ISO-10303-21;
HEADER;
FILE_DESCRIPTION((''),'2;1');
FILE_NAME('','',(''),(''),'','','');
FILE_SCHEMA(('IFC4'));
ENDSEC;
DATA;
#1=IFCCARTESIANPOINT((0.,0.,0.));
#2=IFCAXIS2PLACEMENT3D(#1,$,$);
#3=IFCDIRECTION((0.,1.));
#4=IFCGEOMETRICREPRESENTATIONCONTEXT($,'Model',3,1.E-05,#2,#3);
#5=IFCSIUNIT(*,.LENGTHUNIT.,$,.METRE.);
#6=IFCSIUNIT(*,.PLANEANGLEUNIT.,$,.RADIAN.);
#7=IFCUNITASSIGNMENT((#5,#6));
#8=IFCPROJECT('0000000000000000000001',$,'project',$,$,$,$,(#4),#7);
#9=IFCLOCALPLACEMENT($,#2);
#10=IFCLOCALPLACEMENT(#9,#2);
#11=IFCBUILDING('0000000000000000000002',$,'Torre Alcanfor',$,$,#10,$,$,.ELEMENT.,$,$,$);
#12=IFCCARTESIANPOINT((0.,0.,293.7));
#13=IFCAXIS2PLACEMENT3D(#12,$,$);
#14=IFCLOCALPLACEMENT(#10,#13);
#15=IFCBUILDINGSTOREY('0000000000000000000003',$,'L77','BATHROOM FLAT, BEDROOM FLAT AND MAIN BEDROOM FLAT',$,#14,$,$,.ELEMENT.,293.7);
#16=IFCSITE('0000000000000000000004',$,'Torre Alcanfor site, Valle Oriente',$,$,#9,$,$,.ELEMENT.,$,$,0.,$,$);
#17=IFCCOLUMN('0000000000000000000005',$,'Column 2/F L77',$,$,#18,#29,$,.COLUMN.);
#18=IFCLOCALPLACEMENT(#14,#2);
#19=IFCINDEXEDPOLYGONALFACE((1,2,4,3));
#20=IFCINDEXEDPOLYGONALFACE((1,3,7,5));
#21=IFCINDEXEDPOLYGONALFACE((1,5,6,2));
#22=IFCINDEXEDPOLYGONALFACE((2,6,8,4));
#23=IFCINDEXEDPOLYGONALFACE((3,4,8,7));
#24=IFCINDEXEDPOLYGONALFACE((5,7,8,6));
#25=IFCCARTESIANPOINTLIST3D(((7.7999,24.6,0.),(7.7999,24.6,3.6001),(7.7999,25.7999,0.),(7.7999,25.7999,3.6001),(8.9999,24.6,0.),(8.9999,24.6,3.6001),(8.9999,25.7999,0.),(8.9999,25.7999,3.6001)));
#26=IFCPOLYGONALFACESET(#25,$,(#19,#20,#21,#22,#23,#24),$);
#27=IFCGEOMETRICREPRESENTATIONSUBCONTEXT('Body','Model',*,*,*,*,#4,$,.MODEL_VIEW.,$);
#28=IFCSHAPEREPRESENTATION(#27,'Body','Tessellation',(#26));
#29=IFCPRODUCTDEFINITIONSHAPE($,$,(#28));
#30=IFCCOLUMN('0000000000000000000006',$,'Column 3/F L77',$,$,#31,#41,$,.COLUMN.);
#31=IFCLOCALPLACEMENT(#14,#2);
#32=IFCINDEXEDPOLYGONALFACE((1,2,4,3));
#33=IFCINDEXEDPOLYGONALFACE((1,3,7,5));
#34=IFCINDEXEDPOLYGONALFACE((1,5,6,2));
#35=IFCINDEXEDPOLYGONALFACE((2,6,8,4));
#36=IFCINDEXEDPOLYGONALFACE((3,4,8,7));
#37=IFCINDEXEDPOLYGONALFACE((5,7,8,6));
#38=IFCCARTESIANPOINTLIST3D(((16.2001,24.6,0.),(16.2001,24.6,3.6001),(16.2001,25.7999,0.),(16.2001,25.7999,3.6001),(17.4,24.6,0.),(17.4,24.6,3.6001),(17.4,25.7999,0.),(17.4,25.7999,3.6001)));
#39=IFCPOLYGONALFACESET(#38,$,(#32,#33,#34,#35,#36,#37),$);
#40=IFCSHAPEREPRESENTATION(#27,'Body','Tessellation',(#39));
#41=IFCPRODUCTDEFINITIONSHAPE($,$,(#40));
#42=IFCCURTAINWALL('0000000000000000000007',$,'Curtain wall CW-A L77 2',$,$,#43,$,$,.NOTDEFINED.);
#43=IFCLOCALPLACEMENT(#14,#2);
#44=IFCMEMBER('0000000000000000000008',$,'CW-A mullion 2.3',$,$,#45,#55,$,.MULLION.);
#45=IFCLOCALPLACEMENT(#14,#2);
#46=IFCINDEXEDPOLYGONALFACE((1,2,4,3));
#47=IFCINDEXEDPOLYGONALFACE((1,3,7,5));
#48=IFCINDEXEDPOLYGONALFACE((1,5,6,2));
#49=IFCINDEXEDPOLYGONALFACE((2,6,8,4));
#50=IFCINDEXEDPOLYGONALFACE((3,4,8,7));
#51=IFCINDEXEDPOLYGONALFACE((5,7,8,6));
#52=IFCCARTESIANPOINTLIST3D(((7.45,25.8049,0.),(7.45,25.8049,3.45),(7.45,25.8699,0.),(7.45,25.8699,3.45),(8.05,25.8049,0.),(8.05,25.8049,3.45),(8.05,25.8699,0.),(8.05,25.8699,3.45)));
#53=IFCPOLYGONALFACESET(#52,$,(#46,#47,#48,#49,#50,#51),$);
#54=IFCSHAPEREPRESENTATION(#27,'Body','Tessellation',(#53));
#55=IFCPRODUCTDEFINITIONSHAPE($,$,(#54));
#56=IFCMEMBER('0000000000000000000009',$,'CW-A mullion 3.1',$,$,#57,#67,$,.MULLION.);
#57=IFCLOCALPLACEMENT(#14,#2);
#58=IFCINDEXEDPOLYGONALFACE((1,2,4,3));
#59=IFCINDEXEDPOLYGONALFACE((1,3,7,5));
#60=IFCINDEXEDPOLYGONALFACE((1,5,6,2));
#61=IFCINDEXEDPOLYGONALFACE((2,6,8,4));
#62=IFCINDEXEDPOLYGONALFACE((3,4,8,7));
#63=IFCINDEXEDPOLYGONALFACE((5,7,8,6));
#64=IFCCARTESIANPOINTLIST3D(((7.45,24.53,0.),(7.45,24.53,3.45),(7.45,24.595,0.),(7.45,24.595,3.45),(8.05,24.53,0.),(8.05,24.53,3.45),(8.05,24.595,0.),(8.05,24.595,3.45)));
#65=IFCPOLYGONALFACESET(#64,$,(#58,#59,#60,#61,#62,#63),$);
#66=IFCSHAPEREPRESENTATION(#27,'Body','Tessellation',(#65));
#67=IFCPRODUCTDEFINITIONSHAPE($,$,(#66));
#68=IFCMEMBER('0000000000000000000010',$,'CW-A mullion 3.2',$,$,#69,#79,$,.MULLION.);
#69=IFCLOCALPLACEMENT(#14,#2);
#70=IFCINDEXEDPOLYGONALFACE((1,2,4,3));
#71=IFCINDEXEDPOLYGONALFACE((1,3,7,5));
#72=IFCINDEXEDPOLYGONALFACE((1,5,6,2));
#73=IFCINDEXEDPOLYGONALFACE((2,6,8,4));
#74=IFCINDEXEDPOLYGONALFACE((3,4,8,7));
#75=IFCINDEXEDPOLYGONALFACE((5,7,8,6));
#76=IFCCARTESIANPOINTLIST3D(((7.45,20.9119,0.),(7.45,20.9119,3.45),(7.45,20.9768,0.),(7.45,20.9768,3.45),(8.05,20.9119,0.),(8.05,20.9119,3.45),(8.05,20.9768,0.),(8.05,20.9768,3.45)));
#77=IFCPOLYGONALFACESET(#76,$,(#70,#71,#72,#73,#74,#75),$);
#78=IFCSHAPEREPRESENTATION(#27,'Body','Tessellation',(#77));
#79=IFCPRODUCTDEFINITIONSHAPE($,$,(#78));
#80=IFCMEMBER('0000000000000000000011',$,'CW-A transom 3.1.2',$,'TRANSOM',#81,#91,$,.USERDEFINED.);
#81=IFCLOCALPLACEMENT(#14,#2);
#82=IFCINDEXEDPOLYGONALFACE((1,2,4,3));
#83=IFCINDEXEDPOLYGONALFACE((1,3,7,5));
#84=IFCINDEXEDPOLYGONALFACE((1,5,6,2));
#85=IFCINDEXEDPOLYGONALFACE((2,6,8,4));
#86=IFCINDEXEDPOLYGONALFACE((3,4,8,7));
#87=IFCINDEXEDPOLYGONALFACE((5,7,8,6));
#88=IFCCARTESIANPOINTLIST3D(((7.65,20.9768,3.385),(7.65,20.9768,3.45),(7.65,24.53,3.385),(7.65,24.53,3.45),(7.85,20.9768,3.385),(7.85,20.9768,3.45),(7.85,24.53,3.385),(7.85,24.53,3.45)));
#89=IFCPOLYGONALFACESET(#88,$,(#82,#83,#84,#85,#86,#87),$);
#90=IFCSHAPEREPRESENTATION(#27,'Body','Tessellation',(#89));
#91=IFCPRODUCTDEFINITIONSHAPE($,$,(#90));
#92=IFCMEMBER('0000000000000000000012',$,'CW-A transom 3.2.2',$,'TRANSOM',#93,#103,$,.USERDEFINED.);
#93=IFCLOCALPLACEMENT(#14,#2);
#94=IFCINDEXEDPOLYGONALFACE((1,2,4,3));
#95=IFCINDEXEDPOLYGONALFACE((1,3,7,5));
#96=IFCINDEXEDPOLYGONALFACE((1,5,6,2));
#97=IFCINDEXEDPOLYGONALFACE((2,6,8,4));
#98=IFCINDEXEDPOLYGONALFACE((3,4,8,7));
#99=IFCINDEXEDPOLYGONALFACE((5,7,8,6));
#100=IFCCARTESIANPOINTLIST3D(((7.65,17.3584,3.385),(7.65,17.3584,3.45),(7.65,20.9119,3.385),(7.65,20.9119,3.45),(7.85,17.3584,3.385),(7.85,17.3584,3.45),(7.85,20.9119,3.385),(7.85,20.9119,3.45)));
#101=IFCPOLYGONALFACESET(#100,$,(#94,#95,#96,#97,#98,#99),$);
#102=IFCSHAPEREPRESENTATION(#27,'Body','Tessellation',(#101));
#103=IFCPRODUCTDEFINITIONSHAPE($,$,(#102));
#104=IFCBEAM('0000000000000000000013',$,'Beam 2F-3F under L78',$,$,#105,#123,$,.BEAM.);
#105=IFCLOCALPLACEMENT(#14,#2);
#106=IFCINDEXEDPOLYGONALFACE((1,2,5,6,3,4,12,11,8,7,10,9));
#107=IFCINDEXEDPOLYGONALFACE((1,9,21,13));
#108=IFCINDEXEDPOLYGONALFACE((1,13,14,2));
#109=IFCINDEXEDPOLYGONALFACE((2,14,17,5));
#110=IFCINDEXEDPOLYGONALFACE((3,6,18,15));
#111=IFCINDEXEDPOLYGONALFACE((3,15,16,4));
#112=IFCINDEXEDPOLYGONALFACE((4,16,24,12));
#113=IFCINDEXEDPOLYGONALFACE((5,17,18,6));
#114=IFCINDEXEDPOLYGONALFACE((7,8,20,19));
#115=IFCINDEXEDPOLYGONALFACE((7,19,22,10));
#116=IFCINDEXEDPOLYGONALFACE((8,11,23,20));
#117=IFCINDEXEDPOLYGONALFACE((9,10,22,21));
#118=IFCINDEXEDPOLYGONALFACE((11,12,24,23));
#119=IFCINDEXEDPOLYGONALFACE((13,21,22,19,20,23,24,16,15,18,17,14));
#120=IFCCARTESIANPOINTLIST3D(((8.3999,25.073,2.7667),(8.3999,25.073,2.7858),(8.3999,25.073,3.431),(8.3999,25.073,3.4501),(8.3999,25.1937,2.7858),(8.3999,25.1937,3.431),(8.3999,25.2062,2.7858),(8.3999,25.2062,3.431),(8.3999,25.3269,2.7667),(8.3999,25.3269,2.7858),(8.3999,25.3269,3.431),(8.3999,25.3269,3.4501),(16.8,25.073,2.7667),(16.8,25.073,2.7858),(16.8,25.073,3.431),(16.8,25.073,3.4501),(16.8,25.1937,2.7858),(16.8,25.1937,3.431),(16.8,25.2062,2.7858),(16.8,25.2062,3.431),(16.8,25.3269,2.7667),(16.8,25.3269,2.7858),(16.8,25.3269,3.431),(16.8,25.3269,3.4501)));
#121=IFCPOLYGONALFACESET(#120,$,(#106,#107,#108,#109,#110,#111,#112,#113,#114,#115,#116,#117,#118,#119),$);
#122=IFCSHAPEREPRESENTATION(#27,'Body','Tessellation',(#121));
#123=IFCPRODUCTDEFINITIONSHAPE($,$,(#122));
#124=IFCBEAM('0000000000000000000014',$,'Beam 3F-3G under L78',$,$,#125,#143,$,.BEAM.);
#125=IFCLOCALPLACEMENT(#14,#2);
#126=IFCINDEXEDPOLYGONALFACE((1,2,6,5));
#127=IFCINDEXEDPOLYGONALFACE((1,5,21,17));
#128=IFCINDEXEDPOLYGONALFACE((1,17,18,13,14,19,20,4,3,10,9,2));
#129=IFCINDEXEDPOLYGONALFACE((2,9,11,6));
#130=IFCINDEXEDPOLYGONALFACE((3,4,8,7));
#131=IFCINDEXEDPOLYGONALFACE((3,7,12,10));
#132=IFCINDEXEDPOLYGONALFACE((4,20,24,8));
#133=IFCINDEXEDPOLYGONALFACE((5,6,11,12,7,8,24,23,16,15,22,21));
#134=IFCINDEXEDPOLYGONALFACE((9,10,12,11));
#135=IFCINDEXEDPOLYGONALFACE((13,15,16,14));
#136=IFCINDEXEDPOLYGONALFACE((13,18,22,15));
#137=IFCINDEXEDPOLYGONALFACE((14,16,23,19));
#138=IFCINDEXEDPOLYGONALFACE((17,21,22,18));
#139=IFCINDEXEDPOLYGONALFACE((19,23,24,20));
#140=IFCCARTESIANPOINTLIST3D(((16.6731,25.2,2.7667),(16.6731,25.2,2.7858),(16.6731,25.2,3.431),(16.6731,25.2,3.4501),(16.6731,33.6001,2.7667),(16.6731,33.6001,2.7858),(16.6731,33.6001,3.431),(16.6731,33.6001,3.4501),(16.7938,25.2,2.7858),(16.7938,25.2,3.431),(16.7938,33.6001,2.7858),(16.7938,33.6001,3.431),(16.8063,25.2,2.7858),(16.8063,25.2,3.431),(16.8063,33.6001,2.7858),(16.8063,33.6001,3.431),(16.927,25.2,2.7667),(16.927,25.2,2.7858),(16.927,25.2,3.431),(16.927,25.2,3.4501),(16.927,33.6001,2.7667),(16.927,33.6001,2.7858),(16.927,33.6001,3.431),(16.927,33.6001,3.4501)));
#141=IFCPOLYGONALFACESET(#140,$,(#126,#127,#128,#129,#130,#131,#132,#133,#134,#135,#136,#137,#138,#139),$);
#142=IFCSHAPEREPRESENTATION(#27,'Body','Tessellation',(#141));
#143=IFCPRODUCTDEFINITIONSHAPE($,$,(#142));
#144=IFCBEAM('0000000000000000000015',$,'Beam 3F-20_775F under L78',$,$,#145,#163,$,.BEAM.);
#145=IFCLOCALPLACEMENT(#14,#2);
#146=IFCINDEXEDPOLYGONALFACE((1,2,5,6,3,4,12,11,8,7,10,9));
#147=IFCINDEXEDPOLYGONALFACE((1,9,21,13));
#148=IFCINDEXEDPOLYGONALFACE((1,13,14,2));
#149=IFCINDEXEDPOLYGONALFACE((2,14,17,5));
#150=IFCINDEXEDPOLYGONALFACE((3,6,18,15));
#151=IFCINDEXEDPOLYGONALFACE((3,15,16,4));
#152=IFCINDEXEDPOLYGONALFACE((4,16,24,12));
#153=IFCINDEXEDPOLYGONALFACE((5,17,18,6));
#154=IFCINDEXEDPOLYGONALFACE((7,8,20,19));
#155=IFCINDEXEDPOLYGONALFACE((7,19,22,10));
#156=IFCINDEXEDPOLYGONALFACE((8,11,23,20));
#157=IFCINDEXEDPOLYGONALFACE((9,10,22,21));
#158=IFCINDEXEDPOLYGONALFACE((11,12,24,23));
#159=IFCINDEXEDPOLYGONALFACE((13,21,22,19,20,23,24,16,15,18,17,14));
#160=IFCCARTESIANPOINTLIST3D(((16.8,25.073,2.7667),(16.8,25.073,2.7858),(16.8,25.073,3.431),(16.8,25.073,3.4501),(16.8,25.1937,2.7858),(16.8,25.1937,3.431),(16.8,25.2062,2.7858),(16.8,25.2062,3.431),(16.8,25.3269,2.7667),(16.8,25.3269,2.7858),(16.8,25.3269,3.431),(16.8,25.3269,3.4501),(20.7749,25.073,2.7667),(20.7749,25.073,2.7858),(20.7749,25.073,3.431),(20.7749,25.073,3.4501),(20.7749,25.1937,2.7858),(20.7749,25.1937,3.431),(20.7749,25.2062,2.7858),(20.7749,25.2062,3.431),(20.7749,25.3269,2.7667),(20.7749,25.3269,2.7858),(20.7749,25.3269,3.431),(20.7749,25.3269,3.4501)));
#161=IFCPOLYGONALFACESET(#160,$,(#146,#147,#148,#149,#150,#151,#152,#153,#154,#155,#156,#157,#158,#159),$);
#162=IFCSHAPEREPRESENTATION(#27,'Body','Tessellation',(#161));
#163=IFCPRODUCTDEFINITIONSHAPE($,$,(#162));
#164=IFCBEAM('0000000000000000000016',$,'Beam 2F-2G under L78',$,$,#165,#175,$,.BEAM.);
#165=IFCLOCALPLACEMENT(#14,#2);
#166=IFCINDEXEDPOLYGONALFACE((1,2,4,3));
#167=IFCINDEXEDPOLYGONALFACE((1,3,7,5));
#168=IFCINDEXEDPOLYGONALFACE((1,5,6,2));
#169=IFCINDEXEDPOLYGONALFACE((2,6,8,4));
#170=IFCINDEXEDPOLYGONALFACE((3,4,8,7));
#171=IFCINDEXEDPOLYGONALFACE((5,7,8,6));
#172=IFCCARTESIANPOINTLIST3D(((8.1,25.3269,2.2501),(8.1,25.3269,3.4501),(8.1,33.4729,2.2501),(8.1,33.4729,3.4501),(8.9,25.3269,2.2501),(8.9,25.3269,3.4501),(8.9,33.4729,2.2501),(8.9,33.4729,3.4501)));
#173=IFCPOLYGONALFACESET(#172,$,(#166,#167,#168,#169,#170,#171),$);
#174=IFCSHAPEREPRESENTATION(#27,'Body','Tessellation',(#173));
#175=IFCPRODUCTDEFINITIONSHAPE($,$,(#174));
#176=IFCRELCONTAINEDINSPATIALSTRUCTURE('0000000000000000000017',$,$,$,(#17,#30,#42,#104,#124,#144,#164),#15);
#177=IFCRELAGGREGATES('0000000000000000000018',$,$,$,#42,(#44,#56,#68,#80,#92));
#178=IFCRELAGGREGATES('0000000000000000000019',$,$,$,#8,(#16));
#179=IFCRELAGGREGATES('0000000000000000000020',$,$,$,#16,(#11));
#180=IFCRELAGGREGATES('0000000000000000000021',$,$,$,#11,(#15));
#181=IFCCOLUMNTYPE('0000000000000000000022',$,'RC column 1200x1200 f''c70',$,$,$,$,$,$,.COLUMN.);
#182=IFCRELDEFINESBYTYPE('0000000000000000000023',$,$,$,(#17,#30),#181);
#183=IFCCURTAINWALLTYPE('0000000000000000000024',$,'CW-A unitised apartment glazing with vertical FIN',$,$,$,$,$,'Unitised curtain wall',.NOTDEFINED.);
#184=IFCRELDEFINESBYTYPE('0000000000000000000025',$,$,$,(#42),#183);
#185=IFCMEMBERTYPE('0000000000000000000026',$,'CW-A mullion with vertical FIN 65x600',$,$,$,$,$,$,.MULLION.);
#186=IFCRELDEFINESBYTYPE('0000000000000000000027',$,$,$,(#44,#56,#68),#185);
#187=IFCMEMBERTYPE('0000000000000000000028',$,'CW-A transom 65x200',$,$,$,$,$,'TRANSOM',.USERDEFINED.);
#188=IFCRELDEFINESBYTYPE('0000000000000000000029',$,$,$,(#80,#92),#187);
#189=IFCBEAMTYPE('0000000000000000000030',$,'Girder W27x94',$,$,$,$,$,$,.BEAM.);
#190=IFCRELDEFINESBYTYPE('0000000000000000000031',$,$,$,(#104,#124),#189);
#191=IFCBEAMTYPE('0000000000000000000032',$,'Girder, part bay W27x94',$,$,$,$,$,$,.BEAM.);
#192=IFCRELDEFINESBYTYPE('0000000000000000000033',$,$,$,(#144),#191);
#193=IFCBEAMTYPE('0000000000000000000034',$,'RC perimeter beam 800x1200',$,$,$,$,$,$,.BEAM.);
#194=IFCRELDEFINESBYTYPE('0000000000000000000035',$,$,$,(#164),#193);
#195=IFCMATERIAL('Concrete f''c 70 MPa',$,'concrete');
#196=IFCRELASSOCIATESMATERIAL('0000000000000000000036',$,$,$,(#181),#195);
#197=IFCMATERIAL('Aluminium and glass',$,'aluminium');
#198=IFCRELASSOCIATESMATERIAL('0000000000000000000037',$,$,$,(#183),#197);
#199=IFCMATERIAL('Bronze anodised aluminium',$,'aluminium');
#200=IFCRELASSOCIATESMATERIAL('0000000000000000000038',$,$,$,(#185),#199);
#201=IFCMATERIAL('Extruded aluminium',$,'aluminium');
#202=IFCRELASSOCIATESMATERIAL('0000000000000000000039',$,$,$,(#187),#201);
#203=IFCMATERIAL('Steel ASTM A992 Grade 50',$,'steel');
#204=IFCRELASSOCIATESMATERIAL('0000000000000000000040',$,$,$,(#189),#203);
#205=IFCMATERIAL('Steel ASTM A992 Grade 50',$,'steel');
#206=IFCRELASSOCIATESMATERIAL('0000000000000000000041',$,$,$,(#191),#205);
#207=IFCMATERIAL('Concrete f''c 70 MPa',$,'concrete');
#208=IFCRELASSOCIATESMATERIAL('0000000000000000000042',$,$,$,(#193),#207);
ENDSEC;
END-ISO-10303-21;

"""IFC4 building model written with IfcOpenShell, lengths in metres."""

from ifc_helpers import new_model, si_unit, direction, frame, origin, origin_2d, place, context, subcontext, project, spatial, rectangle, i_section, extrude, material, material_profile, profile_set, type_object, element, aggregate, save


model = new_model("IFC4")

# Units and contexts
model_context = context("Model", 3, precision=1e-05, world=origin(), true_north=direction((0.0, 1.0)))
body_context = subcontext(model_context, "Body", "Model", "MODEL_VIEW")
ifc_project = project(units=[si_unit("LENGTHUNIT", "METRE"), si_unit("PLANEANGLEUNIT", "RADIAN")], contexts=[model_context])

# Site, building, storey
site_placement = place(None, origin())
site = spatial("IfcSite", under=ifc_project, at=site_placement, Name="Torre Alcanfor site, Valle Oriente", CompositionType="ELEMENT", RefElevation=0.0)
building_placement = place(site_placement, origin())
building = spatial("IfcBuilding", under=site, at=building_placement, Name="Torre Alcanfor", CompositionType="ELEMENT")
storey_placement = place(building_placement, frame((0.0, 0.0, 293.7)))
storey = spatial("IfcBuildingStorey", under=building, at=storey_placement, Name="L77", Description="BATHROOM FLAT, BEDROOM FLAT AND MAIN BEDROOM FLAT", CompositionType="ELEMENT", Elevation=293.7)

# Columns
ifc_material_1 = material(Name="Concrete f'c 70 MPa", Category="concrete")
ifc_material_profile_1 = material_profile(ifc_material_1, rectangle(XDim=1.2, YDim=1.2, at=origin_2d()), Name="1200x1200")
ifc_profile_set_1 = profile_set([ifc_material_profile_1], Name="Concrete f'c 70 MPa")
column_type = type_object("IfcColumnType", Name="RC column 1200x1200 f'c70", PredefinedType="COLUMN", material=ifc_profile_set_1)
for number, where, z_axis, x_axis, name in (
    (1, (8.3999, 25.2, 0.0), (0.0, 0.0, 1.0), (1.0, 0.0, 0.0), "Column 2/F L77"),
    (2, (16.8, 25.2, 0.0), (0.0, 0.0, 1.0), (1.0, 0.0, 0.0), "Column 3/F L77"),
):
    element("IfcColumn", number, at=place(storey_placement, frame(where, z_axis=z_axis, x_axis=x_axis)), inside=storey, type_object=column_type, Name=name, PredefinedType="COLUMN", context=body_context, shape_type="SweptSolid", body=[
        extrude(rectangle(XDim=1.2, YDim=1.2, at=origin_2d()), origin(), (0.0, 0.0, 1.0), 3.6001),
    ])

# Curtain wall, members
ifc_material_2 = material(Name="Aluminium and glass", Category="aluminium")
curtain_wall_type = type_object("IfcCurtainWallType", Name="CW-A unitised apartment glazing with vertical FIN", ElementType="Unitised curtain wall", PredefinedType="NOTDEFINED", material=ifc_material_2)
curtain_wall_placement = place(storey_placement, origin())
curtain_wall = element("IfcCurtainWall", 3, at=curtain_wall_placement, inside=storey, type_object=curtain_wall_type, Name="Curtain wall CW-A L77 2", PredefinedType="NOTDEFINED")
ifc_material_3 = material(Name="Bronze anodised aluminium", Category="aluminium")
ifc_material_profile_2 = material_profile(ifc_material_3, rectangle(XDim=0.6001, YDim=0.0649, at=origin_2d()), Name="CW-A mullion 65x600")
ifc_profile_set_2 = profile_set([ifc_material_profile_2], Name="Bronze anodised aluminium")
member_type_1 = type_object("IfcMemberType", Name="CW-A mullion with vertical FIN 65x600", PredefinedType="MULLION", material=ifc_profile_set_2)
member_1_placement = place(storey_placement, frame((7.75, 25.8374, 0.0), z_axis=(0.0, 0.0, 1.0), x_axis=(1.0, 0.0, 0.0)))
member_1 = element("IfcMember", 4, at=member_1_placement, type_object=member_type_1, Name="CW-A mullion 2.3", PredefinedType="MULLION", context=body_context, shape_type="SweptSolid", body=[
    extrude(rectangle(XDim=0.6001, YDim=0.0649, at=origin_2d()), origin(), (0.0, 0.0, 1.0), 3.45),
])
member_2_placement = place(storey_placement, frame((7.75, 24.5625, 0.0), z_axis=(0.0, 0.0, 1.0), x_axis=(1.0, 0.0, 0.0)))
member_2 = element("IfcMember", 5, at=member_2_placement, type_object=member_type_1, Name="CW-A mullion 3.1", PredefinedType="MULLION", context=body_context, shape_type="SweptSolid", body=[
    extrude(rectangle(XDim=0.6001, YDim=0.0649, at=origin_2d()), origin(), (0.0, 0.0, 1.0), 3.45),
])
member_3_placement = place(storey_placement, frame((7.75, 20.9443, 0.0), z_axis=(0.0, 0.0, 1.0), x_axis=(1.0, 0.0, 0.0)))
member_3 = element("IfcMember", 6, at=member_3_placement, type_object=member_type_1, Name="CW-A mullion 3.2", PredefinedType="MULLION", context=body_context, shape_type="SweptSolid", body=[
    extrude(rectangle(XDim=0.6001, YDim=0.0649, at=origin_2d()), origin(), (0.0, 0.0, 1.0), 3.45),
])
ifc_material_4 = material(Name="Extruded aluminium", Category="aluminium")
ifc_material_profile_3 = material_profile(ifc_material_4, rectangle(XDim=0.2, YDim=0.0649, at=origin_2d()), Name="CW-A transom 200x65")
ifc_profile_set_3 = profile_set([ifc_material_profile_3], Name="Extruded aluminium")
member_type_2 = type_object("IfcMemberType", Name="CW-A transom 65x200", ElementType="TRANSOM", PredefinedType="USERDEFINED", material=ifc_profile_set_3)
member_4_placement = place(storey_placement, frame((7.75, 24.53, 3.4175), z_axis=(0.0, -1.0, 0.0), x_axis=(1.0, 0.0, 0.0)))
member_4 = element("IfcMember", 7, at=member_4_placement, type_object=member_type_2, Name="CW-A transom 3.1.2", ObjectType="TRANSOM", PredefinedType="USERDEFINED", context=body_context, shape_type="SweptSolid", body=[
    extrude(rectangle(XDim=0.2, YDim=0.0649, at=origin_2d()), origin(), (0.0, 0.0, 1.0), 3.5532),
])
member_5_placement = place(storey_placement, frame((7.75, 20.9119, 3.4175), z_axis=(0.0, -1.0, 0.0), x_axis=(1.0, 0.0, 0.0)))
member_5 = element("IfcMember", 8, at=member_5_placement, type_object=member_type_2, Name="CW-A transom 3.2.2", ObjectType="TRANSOM", PredefinedType="USERDEFINED", context=body_context, shape_type="SweptSolid", body=[
    extrude(rectangle(XDim=0.2, YDim=0.0649, at=origin_2d()), origin(), (0.0, 0.0, 1.0), 3.5535),
])

# Beams
ifc_material_5 = material(Name="Steel ASTM A992 Grade 50", Category="steel")
ifc_material_profile_4 = material_profile(ifc_material_5, i_section(OverallWidth=0.2539, OverallDepth=0.6833, WebThickness=0.0125, FlangeThickness=0.019, at=origin_2d()), Name="W27x94")
ifc_profile_set_4 = profile_set([ifc_material_profile_4], Name="Steel ASTM A992 Grade 50")
beam_type_1 = type_object("IfcBeamType", Name="Girder W27x94", PredefinedType="BEAM", material=ifc_profile_set_4)
for number, where, z_axis, x_axis, name in (
    (9, (8.3999, 25.2, 3.1084), (1.0, 0.0, 0.0), (0.0, 1.0, 0.0), "Beam 2F-3F under L78"),
    (10, (16.8, 25.2, 3.1084), (0.0, 1.0, 0.0), (-1.0, 0.0, 0.0), "Beam 3F-3G under L78"),
):
    element("IfcBeam", number, at=place(storey_placement, frame(where, z_axis=z_axis, x_axis=x_axis)), inside=storey, type_object=beam_type_1, Name=name, PredefinedType="BEAM", context=body_context, shape_type="SweptSolid", body=[
        extrude(i_section(OverallWidth=0.2539, OverallDepth=0.6833, WebThickness=0.0125, FlangeThickness=0.019, at=origin_2d()), origin(), (0.0, 0.0, 1.0), 8.4001),
    ])
ifc_material_6 = material(Name="Steel ASTM A992 Grade 50", Category="steel")
ifc_material_profile_5 = material_profile(ifc_material_6, i_section(OverallWidth=0.2539, OverallDepth=0.6833, WebThickness=0.0125, FlangeThickness=0.019, at=origin_2d()), Name="W27x94")
ifc_profile_set_5 = profile_set([ifc_material_profile_5], Name="Steel ASTM A992 Grade 50")
beam_type_2 = type_object("IfcBeamType", Name="Girder, part bay W27x94", PredefinedType="BEAM", material=ifc_profile_set_5)
beam_1_placement = place(storey_placement, frame((16.8, 25.2, 3.1084), z_axis=(1.0, 0.0, 0.0), x_axis=(0.0, 1.0, 0.0)))
element("IfcBeam", 11, at=beam_1_placement, inside=storey, type_object=beam_type_2, Name="Beam 3F-20_775F under L78", PredefinedType="BEAM", context=body_context, shape_type="SweptSolid", body=[
    extrude(i_section(OverallWidth=0.2539, OverallDepth=0.6833, WebThickness=0.0125, FlangeThickness=0.019, at=origin_2d()), origin(), (0.0, 0.0, 1.0), 3.9749),
])
ifc_material_7 = material(Name="Concrete f'c 70 MPa", Category="concrete")
ifc_material_profile_6 = material_profile(ifc_material_7, rectangle(XDim=0.8, YDim=1.2, at=origin_2d()), Name="800x1200")
ifc_profile_set_6 = profile_set([ifc_material_profile_6], Name="Concrete f'c 70 MPa")
beam_type_3 = type_object("IfcBeamType", Name="RC perimeter beam 800x1200", PredefinedType="BEAM", material=ifc_profile_set_6)
beam_2_placement = place(storey_placement, frame((8.5, 25.3269, 2.8501), z_axis=(0.0, 1.0, 0.0), x_axis=(-1.0, 0.0, 0.0)))
element("IfcBeam", 12, at=beam_2_placement, inside=storey, type_object=beam_type_3, Name="Beam 2F-2G under L78", PredefinedType="BEAM", context=body_context, shape_type="SweptSolid", body=[
    extrude(rectangle(XDim=0.8, YDim=1.2, at=origin_2d()), origin(), (0.0, 0.0, 1.0), 8.146),
])

aggregate(curtain_wall, [member_1, member_2, member_3, member_4, member_5])

save(model, "model.ifc")
